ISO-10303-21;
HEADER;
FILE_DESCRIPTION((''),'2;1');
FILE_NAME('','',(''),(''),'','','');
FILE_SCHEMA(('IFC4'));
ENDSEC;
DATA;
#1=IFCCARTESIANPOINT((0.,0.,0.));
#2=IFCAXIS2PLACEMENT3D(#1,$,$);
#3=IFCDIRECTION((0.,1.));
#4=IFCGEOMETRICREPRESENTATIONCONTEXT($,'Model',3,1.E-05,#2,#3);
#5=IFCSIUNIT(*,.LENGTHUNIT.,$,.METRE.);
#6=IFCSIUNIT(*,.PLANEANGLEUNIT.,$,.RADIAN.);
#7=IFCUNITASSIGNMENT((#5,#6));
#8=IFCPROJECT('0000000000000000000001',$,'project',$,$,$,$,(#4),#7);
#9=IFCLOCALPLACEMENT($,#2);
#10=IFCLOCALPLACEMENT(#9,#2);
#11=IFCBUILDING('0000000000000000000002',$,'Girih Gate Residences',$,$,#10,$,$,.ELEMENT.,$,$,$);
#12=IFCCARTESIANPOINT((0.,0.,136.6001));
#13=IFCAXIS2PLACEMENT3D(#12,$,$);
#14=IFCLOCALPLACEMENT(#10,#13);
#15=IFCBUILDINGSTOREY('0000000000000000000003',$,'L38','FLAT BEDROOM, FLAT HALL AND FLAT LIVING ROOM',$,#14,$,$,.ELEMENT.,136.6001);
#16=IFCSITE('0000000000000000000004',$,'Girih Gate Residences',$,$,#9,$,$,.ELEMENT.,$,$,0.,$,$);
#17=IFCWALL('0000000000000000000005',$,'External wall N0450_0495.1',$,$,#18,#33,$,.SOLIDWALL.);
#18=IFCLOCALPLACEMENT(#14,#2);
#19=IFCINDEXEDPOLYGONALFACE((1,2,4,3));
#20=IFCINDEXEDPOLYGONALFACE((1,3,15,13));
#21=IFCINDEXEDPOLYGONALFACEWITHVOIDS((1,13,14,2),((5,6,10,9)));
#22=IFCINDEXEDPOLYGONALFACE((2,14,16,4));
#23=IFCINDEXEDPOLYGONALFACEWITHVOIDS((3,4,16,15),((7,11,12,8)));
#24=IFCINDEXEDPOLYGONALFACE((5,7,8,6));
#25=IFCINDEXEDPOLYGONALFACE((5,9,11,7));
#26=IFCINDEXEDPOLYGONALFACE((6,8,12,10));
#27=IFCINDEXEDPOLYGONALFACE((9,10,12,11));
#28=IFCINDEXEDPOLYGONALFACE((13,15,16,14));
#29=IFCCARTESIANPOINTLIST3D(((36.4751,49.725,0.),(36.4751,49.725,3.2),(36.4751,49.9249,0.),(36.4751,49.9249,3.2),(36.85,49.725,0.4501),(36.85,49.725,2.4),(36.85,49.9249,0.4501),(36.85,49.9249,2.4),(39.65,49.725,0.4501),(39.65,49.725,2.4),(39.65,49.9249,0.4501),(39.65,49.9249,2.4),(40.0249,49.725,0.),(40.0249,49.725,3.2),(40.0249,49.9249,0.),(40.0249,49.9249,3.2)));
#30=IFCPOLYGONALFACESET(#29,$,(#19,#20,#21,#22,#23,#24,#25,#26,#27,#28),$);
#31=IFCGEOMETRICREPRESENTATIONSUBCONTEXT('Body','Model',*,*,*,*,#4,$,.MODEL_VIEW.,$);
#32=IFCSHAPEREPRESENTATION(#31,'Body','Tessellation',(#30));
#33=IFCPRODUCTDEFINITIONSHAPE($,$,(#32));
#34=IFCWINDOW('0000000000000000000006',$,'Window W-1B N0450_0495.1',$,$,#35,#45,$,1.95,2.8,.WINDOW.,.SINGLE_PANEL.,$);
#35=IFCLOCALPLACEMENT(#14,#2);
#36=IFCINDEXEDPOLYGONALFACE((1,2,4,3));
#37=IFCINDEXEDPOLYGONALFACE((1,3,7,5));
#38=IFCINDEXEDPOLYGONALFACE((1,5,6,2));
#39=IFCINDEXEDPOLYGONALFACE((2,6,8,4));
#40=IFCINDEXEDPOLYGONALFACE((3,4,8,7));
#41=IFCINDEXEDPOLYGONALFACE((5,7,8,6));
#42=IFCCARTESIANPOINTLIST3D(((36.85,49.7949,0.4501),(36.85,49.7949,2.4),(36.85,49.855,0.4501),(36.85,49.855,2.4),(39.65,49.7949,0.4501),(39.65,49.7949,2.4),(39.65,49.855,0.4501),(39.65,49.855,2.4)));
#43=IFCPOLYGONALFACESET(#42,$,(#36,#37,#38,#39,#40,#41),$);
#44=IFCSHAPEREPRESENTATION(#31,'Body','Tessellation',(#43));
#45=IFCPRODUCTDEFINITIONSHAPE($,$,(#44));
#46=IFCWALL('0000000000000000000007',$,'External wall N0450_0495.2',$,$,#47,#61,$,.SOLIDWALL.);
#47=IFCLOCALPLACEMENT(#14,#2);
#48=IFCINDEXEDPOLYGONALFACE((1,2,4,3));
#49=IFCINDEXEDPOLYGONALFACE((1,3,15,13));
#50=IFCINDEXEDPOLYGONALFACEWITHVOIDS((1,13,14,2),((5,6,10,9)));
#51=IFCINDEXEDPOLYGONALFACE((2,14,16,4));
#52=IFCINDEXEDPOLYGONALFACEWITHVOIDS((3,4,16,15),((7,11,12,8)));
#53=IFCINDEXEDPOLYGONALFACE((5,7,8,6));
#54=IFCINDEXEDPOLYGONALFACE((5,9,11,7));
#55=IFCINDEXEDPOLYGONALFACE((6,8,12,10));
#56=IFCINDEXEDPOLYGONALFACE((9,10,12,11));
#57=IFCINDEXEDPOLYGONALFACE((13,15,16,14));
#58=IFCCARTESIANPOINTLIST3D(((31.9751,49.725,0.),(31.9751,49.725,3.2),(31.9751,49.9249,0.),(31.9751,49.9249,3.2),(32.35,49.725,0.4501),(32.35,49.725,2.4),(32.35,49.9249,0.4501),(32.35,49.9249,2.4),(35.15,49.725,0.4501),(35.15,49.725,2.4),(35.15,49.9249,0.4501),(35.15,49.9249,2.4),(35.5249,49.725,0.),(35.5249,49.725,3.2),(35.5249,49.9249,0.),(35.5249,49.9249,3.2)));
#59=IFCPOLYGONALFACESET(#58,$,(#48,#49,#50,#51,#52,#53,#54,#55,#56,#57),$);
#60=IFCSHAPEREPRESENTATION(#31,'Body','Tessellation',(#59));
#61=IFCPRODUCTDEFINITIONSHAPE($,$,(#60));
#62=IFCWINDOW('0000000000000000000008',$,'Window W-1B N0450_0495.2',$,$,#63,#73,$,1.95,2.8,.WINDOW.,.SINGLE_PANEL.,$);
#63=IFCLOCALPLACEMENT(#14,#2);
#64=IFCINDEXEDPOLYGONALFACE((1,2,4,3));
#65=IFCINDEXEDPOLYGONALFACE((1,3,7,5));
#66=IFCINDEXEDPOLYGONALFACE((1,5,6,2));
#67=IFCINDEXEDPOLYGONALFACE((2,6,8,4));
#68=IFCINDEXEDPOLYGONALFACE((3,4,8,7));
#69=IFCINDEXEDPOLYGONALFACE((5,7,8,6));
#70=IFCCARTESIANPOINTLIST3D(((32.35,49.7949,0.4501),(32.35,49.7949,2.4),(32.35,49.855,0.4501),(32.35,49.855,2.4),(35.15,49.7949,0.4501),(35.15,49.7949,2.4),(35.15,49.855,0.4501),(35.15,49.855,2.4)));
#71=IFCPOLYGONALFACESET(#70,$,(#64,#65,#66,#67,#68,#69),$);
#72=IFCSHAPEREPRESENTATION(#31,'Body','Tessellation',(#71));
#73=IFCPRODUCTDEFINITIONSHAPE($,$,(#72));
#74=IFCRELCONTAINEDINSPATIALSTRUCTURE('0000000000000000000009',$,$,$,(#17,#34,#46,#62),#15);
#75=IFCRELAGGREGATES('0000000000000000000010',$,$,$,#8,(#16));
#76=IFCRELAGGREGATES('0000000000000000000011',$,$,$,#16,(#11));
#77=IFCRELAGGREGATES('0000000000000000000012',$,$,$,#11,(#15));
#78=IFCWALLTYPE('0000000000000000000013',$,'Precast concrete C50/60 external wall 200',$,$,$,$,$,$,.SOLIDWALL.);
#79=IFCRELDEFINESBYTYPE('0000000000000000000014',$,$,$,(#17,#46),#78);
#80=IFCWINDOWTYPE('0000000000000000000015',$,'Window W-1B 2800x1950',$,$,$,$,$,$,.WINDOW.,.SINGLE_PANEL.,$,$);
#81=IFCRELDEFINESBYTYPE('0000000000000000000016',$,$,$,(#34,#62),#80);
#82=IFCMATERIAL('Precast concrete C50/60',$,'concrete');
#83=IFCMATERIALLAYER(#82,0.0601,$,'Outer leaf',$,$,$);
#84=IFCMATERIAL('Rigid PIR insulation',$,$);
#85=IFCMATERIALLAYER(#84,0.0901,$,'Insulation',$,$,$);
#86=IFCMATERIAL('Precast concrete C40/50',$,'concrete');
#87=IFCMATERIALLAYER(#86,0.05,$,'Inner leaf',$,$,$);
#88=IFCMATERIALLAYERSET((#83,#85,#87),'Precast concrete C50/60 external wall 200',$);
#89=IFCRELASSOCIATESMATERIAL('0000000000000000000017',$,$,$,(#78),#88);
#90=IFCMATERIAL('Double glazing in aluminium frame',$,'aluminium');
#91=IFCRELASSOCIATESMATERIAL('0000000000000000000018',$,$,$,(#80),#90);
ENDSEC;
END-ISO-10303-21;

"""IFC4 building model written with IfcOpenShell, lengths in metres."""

from ifc_helpers import new_model, si_unit, direction, frame, frame_2d, origin, place, context, subcontext, project, spatial, rectangle, extrude, material, layer, layer_set, type_object, element, fill, save


model = new_model("IFC4")

# Units and contexts
model_context = context("Model", 3, precision=1e-05, world=origin(), true_north=direction((0.0, 1.0)))
body_context = subcontext(model_context, "Body", "Model", "MODEL_VIEW")
ifc_project = project(units=[si_unit("LENGTHUNIT", "METRE"), si_unit("PLANEANGLEUNIT", "RADIAN")], contexts=[model_context])

# Site, building, storey
site_placement = place(None, origin())
site = spatial("IfcSite", under=ifc_project, at=site_placement, Name="Girih Gate Residences", CompositionType="ELEMENT", RefElevation=0.0)
building_placement = place(site_placement, origin())
building = spatial("IfcBuilding", under=site, at=building_placement, Name="Girih Gate Residences", CompositionType="ELEMENT")
storey_placement = place(building_placement, frame((0.0, 0.0, 136.6001)))
storey = spatial("IfcBuildingStorey", under=building, at=storey_placement, Name="L38", Description="FLAT BEDROOM, FLAT HALL AND FLAT LIVING ROOM", CompositionType="ELEMENT", Elevation=136.6001)

# Walls, openings, windows
ifc_material_1 = material(Name="Precast concrete C50/60", Category="concrete")
ifc_layer_1 = layer(ifc_material_1, 0.0601, Name="Outer leaf")
ifc_material_2 = material(Name="Rigid PIR insulation")
ifc_layer_2 = layer(ifc_material_2, 0.0901, Name="Insulation")
ifc_material_3 = material(Name="Precast concrete C40/50", Category="concrete")
ifc_layer_3 = layer(ifc_material_3, 0.05, Name="Inner leaf")
ifc_layer_set_1 = layer_set([ifc_layer_1, ifc_layer_2, ifc_layer_3], Name="Precast concrete C50/60 external wall 200")
wall_type_1 = type_object("IfcWallType", Name="Precast concrete C50/60 external wall 200", PredefinedType="SOLIDWALL", material=ifc_layer_set_1)
wall_1_placement = place(storey_placement, frame((36.4751, 49.825, 0.0), z_axis=(0.0, 0.0, 1.0), x_axis=(1.0, 0.0, 0.0)))
wall_1 = element("IfcWall", 1, at=wall_1_placement, inside=storey, type_object=wall_type_1, Name="External wall N0450_0495.1", PredefinedType="SOLIDWALL", context=body_context, shape_type="SweptSolid", body=[
    extrude(rectangle(XDim=3.5498, YDim=0.2, at=frame_2d((1.7749, 0.0))), origin(), (0.0, 0.0, 1.0), 3.2),
])
opening_1_placement = place(wall_1_placement, frame((0.375, 0.0, 0.45)))
opening_1 = element("IfcOpeningElement", 2, at=opening_1_placement, cuts=wall_1, PredefinedType="OPENING", context=body_context, shape_type="SweptSolid", body=[
    extrude(rectangle(XDim=2.8, YDim=1.95, at=frame_2d((1.3999, 0.9751))), frame((0.0, 0.1099, 0.0), z_axis=(0.0, -1.0, 0.0), x_axis=(1.0, 0.0, 0.0)), (0.0, 0.0, 1.0), 0.22),
])
ifc_material_4 = material(Name="Double glazing in aluminium frame", Category="aluminium")
window_type = type_object("IfcWindowType", Name="Window W-1B 2800x1950", PartitioningType="SINGLE_PANEL", PredefinedType="WINDOW", material=ifc_material_4)
window_1_placement = place(opening_1_placement, origin())
window_1 = element("IfcWindow", 3, at=window_1_placement, inside=storey, type_object=window_type, Name="Window W-1B N0450_0495.1", OverallHeight=1.95, OverallWidth=2.8, PartitioningType="SINGLE_PANEL", PredefinedType="WINDOW", context=body_context, shape_type="SweptSolid", body=[
    extrude(rectangle(XDim=2.8, YDim=1.95, at=frame_2d((1.3999, 0.9751))), frame((0.0, 0.03, 0.0), z_axis=(0.0, -1.0, 0.0), x_axis=(1.0, 0.0, 0.0)), (0.0, 0.0, 1.0), 0.0601),
])
fill(opening_1, window_1)
wall_2_placement = place(storey_placement, frame((31.9751, 49.825, 0.0), z_axis=(0.0, 0.0, 1.0), x_axis=(1.0, 0.0, 0.0)))
wall_2 = element("IfcWall", 4, at=wall_2_placement, inside=storey, type_object=wall_type_1, Name="External wall N0450_0495.2", PredefinedType="SOLIDWALL", context=body_context, shape_type="SweptSolid", body=[
    extrude(rectangle(XDim=3.5498, YDim=0.2, at=frame_2d((1.7749, 0.0))), origin(), (0.0, 0.0, 1.0), 3.2),
])
opening_2_placement = place(wall_2_placement, frame((0.375, 0.0, 0.45)))
opening_2 = element("IfcOpeningElement", 5, at=opening_2_placement, cuts=wall_2, PredefinedType="OPENING", context=body_context, shape_type="SweptSolid", body=[
    extrude(rectangle(XDim=2.8, YDim=1.95, at=frame_2d((1.3999, 0.9751))), frame((0.0, 0.1099, 0.0), z_axis=(0.0, -1.0, 0.0), x_axis=(1.0, 0.0, 0.0)), (0.0, 0.0, 1.0), 0.22),
])
window_2_placement = place(opening_2_placement, origin())
window_2 = element("IfcWindow", 6, at=window_2_placement, inside=storey, type_object=window_type, Name="Window W-1B N0450_0495.2", OverallHeight=1.95, OverallWidth=2.8, PartitioningType="SINGLE_PANEL", PredefinedType="WINDOW", context=body_context, shape_type="SweptSolid", body=[
    extrude(rectangle(XDim=2.8, YDim=1.95, at=frame_2d((1.3999, 0.9751))), frame((0.0, 0.03, 0.0), z_axis=(0.0, -1.0, 0.0), x_axis=(1.0, 0.0, 0.0)), (0.0, 0.0, 1.0), 0.0601),
])
fill(opening_2, window_2)

save(model, "model.ifc")
